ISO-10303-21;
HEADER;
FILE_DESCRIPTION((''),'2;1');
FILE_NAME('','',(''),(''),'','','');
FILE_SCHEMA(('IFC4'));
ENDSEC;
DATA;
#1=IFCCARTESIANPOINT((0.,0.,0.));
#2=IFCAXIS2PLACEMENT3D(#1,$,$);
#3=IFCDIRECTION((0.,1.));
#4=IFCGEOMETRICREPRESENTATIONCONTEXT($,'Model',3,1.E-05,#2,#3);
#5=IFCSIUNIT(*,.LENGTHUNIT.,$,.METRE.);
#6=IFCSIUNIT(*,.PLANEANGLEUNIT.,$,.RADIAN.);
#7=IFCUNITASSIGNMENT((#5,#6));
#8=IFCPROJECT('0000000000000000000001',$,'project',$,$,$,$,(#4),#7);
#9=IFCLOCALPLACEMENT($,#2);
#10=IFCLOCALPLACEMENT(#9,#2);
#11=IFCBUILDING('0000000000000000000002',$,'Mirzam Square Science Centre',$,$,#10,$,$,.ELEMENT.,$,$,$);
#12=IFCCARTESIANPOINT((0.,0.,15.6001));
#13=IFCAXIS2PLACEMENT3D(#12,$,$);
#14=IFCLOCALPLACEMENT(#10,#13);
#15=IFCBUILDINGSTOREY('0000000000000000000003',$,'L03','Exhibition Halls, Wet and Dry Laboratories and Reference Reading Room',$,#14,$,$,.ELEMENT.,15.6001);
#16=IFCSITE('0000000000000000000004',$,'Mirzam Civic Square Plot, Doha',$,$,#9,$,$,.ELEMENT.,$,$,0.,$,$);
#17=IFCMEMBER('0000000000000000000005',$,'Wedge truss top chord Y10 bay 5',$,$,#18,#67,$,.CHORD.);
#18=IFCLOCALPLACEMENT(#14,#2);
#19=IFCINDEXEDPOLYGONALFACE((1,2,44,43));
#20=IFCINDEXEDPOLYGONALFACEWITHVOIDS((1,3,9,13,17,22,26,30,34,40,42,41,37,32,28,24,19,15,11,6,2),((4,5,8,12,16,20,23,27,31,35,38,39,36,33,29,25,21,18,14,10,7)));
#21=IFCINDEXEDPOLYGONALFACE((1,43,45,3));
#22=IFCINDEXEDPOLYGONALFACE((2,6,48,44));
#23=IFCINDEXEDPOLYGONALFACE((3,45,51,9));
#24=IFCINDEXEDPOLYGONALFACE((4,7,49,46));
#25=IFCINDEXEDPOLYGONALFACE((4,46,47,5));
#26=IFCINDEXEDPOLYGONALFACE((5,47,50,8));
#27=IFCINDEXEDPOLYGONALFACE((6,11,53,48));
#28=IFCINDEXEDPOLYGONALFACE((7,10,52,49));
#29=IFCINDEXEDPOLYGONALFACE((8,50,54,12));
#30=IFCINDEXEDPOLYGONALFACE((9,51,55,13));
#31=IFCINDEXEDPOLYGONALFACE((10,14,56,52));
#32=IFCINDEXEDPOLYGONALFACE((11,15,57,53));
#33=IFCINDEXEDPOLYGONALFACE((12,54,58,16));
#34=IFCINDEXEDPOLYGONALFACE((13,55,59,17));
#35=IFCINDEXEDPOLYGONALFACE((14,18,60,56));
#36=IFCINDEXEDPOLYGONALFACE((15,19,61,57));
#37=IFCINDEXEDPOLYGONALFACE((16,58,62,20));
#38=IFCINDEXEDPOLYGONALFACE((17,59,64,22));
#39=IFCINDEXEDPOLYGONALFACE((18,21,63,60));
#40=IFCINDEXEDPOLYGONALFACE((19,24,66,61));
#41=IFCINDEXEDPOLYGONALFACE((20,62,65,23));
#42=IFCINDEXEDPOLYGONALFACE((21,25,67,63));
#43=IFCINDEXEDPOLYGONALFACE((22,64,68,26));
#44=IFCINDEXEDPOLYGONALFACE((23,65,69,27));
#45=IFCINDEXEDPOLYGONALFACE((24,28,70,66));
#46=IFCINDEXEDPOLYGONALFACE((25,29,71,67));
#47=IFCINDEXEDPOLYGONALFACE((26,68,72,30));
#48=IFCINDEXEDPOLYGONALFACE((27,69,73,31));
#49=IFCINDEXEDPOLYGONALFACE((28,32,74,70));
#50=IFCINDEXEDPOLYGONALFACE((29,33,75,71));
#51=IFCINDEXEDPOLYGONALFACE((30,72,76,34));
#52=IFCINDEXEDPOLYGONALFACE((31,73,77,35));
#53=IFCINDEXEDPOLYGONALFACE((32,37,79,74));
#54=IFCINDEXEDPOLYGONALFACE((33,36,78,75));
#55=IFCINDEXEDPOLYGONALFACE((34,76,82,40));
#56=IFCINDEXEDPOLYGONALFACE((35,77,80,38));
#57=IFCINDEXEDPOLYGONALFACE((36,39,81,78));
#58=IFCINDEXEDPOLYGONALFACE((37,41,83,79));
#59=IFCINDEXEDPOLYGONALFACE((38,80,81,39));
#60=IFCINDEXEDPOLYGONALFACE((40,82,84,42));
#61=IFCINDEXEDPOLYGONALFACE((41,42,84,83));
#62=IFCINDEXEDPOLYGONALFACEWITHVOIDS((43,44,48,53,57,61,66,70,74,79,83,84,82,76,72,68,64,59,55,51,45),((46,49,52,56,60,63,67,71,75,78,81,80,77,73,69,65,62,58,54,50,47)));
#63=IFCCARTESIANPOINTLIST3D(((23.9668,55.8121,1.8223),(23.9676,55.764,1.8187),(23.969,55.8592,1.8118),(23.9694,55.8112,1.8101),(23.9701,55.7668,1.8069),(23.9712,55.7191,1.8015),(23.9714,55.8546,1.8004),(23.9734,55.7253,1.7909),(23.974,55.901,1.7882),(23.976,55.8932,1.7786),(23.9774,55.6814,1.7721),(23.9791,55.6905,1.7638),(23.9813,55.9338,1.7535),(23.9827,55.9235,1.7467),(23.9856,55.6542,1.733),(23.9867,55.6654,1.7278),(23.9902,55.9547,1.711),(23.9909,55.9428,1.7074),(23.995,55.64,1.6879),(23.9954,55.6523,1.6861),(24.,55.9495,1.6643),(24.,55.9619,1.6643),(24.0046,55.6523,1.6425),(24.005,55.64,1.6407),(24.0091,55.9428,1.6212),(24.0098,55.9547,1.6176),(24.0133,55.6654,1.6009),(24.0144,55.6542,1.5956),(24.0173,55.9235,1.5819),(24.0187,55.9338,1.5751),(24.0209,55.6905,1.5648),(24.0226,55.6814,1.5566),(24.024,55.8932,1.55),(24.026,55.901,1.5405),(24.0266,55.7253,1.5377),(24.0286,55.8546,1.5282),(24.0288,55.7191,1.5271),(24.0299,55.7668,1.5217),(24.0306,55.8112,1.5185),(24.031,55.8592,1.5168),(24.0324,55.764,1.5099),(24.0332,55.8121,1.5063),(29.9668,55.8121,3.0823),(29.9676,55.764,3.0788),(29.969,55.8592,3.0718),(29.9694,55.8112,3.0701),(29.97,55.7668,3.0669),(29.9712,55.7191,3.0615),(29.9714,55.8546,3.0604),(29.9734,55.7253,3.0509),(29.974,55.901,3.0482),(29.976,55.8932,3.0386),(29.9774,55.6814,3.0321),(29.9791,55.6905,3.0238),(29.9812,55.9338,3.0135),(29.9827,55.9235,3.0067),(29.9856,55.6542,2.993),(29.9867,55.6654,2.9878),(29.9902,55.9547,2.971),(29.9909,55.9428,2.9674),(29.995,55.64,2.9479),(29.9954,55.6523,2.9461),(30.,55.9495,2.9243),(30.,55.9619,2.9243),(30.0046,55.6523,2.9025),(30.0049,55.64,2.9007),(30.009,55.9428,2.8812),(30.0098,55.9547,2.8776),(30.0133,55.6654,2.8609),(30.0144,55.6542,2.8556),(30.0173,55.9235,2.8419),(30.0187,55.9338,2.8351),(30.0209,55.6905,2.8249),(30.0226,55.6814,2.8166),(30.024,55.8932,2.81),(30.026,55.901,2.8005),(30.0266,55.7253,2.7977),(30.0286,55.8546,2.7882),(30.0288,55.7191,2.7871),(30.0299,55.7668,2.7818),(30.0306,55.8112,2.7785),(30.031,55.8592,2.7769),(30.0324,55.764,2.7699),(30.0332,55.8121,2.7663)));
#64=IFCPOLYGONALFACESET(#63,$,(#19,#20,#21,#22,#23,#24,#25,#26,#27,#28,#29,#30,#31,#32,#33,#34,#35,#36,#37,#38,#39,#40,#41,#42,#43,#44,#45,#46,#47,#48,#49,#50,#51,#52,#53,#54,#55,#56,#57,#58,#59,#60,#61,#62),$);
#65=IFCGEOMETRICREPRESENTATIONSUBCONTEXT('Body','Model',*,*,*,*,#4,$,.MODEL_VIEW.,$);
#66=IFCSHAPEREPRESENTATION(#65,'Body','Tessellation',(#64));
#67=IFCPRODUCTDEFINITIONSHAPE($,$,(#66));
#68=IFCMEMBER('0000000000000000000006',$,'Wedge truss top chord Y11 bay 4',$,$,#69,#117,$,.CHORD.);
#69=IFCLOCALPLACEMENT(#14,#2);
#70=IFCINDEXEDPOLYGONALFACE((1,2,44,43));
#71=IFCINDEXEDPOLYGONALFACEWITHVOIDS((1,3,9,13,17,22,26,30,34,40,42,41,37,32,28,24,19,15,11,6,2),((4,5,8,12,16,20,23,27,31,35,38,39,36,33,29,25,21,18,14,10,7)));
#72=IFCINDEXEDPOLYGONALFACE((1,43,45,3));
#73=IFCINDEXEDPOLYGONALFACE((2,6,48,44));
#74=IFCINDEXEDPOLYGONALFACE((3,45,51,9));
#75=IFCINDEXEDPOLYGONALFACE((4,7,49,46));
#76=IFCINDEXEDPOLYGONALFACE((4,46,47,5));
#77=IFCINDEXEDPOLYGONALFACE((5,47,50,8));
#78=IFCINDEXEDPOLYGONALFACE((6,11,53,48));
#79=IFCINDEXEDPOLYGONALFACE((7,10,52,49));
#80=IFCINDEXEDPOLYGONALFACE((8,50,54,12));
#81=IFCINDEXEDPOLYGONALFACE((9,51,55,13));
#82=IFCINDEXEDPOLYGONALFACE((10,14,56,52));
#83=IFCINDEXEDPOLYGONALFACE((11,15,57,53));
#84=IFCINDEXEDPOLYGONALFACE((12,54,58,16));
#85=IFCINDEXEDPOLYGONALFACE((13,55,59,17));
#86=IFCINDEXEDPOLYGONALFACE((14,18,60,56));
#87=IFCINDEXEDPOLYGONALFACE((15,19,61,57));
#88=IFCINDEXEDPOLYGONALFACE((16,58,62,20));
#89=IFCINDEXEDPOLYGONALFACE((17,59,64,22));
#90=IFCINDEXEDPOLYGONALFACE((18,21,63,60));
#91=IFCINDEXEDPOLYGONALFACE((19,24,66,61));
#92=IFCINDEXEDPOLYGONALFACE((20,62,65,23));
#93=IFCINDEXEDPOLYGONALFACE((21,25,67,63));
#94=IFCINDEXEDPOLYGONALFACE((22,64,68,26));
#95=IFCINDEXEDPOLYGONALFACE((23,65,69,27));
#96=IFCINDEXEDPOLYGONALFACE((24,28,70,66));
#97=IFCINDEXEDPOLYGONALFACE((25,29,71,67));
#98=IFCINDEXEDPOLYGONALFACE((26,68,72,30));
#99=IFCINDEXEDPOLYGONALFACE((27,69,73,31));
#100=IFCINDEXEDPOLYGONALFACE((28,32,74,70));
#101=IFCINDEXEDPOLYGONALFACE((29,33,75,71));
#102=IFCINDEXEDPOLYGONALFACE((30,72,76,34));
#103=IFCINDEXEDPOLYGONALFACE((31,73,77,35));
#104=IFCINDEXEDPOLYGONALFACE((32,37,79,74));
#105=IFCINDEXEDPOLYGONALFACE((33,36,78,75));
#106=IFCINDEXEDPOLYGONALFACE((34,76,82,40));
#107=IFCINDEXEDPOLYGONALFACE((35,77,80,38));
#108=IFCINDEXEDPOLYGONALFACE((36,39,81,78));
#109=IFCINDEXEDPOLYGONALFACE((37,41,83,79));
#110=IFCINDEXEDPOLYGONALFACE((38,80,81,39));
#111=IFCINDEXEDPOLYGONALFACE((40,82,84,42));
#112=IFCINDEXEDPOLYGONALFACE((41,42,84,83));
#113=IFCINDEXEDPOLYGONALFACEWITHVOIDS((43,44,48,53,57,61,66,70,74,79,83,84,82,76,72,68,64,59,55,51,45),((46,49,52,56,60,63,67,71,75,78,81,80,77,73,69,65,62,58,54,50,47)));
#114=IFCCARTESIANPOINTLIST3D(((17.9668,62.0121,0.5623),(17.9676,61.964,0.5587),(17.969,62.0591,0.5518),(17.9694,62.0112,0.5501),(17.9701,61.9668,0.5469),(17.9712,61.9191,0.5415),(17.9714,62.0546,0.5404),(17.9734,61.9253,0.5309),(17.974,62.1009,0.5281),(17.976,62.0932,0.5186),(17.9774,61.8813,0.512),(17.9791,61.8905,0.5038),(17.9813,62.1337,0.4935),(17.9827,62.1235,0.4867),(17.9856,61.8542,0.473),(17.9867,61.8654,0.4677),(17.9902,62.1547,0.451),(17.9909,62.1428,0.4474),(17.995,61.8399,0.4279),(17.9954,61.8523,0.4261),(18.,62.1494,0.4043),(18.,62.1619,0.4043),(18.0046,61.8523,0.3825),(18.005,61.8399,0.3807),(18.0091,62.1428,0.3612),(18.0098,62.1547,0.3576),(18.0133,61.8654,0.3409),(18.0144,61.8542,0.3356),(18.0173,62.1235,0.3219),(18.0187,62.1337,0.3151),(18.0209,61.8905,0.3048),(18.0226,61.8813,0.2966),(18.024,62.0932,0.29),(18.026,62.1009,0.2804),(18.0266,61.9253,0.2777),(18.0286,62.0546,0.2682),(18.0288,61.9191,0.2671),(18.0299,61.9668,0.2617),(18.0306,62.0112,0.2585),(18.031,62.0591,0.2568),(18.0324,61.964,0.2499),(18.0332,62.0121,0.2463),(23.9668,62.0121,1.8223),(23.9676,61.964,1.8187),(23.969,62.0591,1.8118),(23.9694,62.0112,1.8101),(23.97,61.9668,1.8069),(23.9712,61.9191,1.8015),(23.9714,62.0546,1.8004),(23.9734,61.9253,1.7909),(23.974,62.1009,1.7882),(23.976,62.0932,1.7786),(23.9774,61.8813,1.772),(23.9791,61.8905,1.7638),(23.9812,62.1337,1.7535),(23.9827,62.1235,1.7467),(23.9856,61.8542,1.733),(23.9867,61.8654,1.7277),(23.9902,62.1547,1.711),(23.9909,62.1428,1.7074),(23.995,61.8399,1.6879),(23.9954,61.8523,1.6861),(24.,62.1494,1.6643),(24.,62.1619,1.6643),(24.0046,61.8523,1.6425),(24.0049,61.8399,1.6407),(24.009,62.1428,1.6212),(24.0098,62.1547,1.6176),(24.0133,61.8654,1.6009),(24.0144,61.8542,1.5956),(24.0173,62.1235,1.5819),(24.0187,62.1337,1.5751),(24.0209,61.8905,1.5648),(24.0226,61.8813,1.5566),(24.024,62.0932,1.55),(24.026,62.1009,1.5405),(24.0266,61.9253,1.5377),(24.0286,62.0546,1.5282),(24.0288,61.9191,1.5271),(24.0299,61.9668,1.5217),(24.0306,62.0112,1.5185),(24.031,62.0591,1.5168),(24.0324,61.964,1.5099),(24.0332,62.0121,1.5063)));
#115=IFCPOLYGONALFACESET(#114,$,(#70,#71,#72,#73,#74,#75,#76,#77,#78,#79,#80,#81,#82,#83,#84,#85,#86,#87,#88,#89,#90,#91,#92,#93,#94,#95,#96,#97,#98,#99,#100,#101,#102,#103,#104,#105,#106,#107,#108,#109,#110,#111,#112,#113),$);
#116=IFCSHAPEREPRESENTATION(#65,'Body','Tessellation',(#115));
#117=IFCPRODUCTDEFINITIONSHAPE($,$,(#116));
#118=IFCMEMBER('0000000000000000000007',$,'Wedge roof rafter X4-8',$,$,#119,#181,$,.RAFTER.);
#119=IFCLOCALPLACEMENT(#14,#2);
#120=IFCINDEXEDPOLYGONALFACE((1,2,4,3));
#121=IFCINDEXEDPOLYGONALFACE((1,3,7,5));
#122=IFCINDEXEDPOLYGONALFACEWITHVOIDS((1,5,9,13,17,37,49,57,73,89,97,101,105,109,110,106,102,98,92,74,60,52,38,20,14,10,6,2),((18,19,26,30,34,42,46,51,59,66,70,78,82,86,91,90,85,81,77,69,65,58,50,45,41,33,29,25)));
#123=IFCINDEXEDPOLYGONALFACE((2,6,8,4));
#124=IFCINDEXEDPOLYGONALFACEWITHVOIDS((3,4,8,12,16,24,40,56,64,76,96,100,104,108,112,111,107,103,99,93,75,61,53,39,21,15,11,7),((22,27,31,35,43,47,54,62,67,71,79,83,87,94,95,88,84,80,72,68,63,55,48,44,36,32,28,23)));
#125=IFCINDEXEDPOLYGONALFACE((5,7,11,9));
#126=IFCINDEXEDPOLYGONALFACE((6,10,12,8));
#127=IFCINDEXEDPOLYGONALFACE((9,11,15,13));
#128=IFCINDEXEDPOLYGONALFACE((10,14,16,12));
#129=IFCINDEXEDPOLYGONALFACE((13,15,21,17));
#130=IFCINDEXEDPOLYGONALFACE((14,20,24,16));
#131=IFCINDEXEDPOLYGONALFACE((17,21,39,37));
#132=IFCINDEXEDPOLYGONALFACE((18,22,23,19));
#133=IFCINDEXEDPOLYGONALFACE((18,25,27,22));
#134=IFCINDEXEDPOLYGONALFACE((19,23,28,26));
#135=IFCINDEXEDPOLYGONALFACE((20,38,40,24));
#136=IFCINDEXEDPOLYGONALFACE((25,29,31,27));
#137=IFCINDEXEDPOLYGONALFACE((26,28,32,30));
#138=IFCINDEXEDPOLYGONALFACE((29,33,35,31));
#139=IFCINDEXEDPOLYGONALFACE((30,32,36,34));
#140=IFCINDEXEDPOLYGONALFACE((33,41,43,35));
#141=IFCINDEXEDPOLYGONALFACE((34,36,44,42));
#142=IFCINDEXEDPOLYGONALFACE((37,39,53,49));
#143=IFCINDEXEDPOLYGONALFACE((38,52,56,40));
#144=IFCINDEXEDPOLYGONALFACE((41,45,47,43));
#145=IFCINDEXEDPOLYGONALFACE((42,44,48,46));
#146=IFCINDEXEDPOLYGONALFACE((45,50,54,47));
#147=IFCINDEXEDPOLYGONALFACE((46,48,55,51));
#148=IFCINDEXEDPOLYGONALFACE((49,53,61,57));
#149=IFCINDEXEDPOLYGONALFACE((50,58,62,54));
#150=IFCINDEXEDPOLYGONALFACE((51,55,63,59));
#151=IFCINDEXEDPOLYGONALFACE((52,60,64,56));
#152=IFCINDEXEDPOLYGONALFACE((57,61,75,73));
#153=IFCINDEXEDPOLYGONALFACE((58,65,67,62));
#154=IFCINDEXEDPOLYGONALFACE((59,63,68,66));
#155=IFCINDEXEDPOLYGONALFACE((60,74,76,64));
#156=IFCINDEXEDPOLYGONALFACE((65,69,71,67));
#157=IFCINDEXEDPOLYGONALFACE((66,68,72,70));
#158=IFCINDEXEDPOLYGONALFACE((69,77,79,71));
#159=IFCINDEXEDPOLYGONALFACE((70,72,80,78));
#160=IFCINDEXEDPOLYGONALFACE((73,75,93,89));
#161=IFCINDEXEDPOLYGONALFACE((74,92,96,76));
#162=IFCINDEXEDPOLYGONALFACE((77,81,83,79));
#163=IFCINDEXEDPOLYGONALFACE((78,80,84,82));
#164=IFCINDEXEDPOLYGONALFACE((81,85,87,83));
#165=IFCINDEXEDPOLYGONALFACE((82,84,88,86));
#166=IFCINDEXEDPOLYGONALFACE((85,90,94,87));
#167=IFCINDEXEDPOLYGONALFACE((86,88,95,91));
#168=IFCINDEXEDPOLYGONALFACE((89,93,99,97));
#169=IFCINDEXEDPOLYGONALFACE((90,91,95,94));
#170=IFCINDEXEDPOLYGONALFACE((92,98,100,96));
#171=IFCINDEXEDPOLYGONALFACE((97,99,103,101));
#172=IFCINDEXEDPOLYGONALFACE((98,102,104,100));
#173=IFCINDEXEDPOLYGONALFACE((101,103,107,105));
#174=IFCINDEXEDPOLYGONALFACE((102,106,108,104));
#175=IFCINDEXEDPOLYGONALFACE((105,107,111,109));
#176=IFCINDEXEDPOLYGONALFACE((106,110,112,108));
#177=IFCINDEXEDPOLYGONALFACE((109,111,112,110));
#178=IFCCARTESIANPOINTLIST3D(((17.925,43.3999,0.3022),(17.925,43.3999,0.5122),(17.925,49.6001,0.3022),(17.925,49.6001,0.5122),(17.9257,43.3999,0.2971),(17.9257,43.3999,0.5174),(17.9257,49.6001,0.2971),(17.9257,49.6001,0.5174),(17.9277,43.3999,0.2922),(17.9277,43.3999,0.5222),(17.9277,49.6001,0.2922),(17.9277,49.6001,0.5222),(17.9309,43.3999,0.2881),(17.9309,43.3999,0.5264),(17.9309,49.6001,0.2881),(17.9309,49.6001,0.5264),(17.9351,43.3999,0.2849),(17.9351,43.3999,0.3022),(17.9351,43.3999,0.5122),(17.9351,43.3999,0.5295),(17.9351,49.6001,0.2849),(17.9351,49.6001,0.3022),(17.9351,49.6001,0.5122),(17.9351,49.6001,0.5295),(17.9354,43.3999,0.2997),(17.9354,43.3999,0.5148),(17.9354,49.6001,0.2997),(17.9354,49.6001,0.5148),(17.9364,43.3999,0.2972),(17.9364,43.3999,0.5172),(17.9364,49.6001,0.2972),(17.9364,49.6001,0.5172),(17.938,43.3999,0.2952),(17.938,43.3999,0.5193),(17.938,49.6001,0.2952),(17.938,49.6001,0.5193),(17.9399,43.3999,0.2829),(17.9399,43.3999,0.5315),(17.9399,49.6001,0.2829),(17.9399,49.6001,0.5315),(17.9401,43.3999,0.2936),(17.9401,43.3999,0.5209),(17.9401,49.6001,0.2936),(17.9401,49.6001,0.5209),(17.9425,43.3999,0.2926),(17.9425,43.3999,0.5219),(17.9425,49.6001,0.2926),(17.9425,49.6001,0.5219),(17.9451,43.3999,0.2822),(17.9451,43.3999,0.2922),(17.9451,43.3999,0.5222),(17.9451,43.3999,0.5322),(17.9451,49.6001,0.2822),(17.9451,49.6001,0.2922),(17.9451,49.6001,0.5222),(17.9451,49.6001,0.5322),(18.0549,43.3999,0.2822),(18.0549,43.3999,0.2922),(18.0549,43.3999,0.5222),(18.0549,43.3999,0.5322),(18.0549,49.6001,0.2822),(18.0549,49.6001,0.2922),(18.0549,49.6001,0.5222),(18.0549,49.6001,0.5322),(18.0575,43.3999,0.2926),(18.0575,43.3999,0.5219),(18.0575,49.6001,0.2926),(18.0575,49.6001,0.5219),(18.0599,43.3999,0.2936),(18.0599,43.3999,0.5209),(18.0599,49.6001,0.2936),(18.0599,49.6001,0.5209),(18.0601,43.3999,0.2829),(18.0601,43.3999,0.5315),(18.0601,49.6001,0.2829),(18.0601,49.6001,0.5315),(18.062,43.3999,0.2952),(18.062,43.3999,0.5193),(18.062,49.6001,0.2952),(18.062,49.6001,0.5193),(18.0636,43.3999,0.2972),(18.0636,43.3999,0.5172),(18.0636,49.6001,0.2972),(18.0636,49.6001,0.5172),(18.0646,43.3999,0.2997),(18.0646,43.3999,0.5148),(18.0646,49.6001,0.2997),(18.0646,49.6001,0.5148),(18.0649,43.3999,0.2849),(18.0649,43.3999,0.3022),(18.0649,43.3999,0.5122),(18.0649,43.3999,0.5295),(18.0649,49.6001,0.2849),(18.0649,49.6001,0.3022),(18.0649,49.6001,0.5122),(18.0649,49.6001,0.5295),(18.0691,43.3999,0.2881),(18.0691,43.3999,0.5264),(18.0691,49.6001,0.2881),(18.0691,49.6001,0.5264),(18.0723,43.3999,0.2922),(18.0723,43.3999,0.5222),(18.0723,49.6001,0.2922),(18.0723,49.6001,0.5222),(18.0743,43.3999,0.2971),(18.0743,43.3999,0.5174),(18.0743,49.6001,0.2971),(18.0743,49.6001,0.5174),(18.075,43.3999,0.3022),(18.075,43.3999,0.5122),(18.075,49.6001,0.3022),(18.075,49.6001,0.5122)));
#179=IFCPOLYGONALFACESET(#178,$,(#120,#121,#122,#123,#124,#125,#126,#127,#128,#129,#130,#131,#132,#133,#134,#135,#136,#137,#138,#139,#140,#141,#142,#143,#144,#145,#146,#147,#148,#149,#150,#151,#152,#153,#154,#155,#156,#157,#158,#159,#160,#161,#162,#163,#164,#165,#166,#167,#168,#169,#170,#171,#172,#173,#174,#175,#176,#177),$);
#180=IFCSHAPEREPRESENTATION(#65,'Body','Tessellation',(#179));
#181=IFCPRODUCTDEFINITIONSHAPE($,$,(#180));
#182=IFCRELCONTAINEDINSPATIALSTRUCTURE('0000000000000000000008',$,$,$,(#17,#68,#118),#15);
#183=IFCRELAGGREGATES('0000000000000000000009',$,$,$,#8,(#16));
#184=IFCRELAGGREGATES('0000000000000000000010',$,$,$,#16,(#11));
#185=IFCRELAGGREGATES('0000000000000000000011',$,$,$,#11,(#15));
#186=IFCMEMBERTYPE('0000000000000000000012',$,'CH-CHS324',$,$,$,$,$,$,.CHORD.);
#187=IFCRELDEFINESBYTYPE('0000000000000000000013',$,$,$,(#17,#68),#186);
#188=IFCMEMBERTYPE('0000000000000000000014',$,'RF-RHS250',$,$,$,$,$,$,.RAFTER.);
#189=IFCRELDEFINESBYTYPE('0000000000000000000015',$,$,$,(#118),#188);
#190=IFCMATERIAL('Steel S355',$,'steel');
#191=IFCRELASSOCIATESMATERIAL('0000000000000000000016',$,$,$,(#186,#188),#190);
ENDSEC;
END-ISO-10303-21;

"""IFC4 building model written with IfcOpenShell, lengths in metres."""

from ifc_helpers import new_model, si_unit, direction, frame, origin, origin_2d, place, context, subcontext, project, spatial, hollow_rectangle, hollow_circle, extrude, material, material_profile, profile_set, type_object, element, save


model = new_model("IFC4")

# Units and contexts
model_context = context("Model", 3, precision=1e-05, world=origin(), true_north=direction((0.0, 1.0)))
body_context = subcontext(model_context, "Body", "Model", "MODEL_VIEW")
ifc_project = project(units=[si_unit("LENGTHUNIT", "METRE"), si_unit("PLANEANGLEUNIT", "RADIAN")], contexts=[model_context])

# Site, building, storey
site_placement = place(None, origin())
site = spatial("IfcSite", under=ifc_project, at=site_placement, Name="Mirzam Civic Square Plot, Doha", CompositionType="ELEMENT", RefElevation=0.0)
building_placement = place(site_placement, origin())
building = spatial("IfcBuilding", under=site, at=building_placement, Name="Mirzam Square Science Centre", CompositionType="ELEMENT")
storey_placement = place(building_placement, frame((0.0, 0.0, 15.6001)))
storey = spatial("IfcBuildingStorey", under=building, at=storey_placement, Name="L03", Description="Exhibition Halls, Wet and Dry Laboratories and Reference Reading Room", CompositionType="ELEMENT", Elevation=15.6001)

# Members
ifc_material = material(Name="Steel S355", Category="steel")
ifc_material_profile_1 = material_profile(ifc_material, hollow_circle(Radius=0.1619, WallThickness=0.0125, at=origin_2d()), Name="323.9x12.5CHS")
ifc_profile_set_1 = profile_set([ifc_material_profile_1], Name="Steel S355")
member_type_1 = type_object("IfcMemberType", Name="CH-CHS324", PredefinedType="CHORD", material=ifc_profile_set_1)
for number, where, z_axis, x_axis, name in (
    (1, (24.0, 55.8, 1.6643), (0.978653, 0.0, 0.205519), (0.0, 1.0, 0.0), "Wedge truss top chord Y10 bay 5"),
    (2, (18.0, 62.0, 0.4043), (0.978653, 0.0, 0.205519), (0.0, 1.0, 0.0), "Wedge truss top chord Y11 bay 4"),
):
    element("IfcMember", number, at=place(storey_placement, frame(where, z_axis=z_axis, x_axis=x_axis)), inside=storey, type_object=member_type_1, Name=name, PredefinedType="CHORD", context=body_context, shape_type="SweptSolid", body=[
        extrude(hollow_circle(Radius=0.1619, WallThickness=0.0125, at=origin_2d()), origin(), (0.0, 0.0, 1.0), 6.1309),
    ])
ifc_material_profile_2 = material_profile(ifc_material, hollow_rectangle(XDim=0.1499, YDim=0.25, WallThickness=0.01, InnerFilletRadius=0.01, OuterFilletRadius=0.02, at=origin_2d()), Name="250x150x10.0RHS")
ifc_profile_set_2 = profile_set([ifc_material_profile_2], Name="Steel S355")
member_type_2 = type_object("IfcMemberType", Name="RF-RHS250", PredefinedType="RAFTER", material=ifc_profile_set_2)
for number, where, z_axis, x_axis, name in (
    (3, (18.0, 43.3999, 0.4072), (0.0, 1.0, 0.0), (-1.0, 0.0, 0.0), "Wedge roof rafter X4-8"),
):
    element("IfcMember", number, at=place(storey_placement, frame(where, z_axis=z_axis, x_axis=x_axis)), inside=storey, type_object=member_type_2, Name=name, PredefinedType="RAFTER", context=body_context, shape_type="SweptSolid", body=[
        extrude(hollow_rectangle(XDim=0.1499, YDim=0.25, WallThickness=0.01, InnerFilletRadius=0.01, OuterFilletRadius=0.02, at=origin_2d()), origin(), (0.0, 0.0, 1.0), 6.2002),
    ])

save(model, "model.ifc")
